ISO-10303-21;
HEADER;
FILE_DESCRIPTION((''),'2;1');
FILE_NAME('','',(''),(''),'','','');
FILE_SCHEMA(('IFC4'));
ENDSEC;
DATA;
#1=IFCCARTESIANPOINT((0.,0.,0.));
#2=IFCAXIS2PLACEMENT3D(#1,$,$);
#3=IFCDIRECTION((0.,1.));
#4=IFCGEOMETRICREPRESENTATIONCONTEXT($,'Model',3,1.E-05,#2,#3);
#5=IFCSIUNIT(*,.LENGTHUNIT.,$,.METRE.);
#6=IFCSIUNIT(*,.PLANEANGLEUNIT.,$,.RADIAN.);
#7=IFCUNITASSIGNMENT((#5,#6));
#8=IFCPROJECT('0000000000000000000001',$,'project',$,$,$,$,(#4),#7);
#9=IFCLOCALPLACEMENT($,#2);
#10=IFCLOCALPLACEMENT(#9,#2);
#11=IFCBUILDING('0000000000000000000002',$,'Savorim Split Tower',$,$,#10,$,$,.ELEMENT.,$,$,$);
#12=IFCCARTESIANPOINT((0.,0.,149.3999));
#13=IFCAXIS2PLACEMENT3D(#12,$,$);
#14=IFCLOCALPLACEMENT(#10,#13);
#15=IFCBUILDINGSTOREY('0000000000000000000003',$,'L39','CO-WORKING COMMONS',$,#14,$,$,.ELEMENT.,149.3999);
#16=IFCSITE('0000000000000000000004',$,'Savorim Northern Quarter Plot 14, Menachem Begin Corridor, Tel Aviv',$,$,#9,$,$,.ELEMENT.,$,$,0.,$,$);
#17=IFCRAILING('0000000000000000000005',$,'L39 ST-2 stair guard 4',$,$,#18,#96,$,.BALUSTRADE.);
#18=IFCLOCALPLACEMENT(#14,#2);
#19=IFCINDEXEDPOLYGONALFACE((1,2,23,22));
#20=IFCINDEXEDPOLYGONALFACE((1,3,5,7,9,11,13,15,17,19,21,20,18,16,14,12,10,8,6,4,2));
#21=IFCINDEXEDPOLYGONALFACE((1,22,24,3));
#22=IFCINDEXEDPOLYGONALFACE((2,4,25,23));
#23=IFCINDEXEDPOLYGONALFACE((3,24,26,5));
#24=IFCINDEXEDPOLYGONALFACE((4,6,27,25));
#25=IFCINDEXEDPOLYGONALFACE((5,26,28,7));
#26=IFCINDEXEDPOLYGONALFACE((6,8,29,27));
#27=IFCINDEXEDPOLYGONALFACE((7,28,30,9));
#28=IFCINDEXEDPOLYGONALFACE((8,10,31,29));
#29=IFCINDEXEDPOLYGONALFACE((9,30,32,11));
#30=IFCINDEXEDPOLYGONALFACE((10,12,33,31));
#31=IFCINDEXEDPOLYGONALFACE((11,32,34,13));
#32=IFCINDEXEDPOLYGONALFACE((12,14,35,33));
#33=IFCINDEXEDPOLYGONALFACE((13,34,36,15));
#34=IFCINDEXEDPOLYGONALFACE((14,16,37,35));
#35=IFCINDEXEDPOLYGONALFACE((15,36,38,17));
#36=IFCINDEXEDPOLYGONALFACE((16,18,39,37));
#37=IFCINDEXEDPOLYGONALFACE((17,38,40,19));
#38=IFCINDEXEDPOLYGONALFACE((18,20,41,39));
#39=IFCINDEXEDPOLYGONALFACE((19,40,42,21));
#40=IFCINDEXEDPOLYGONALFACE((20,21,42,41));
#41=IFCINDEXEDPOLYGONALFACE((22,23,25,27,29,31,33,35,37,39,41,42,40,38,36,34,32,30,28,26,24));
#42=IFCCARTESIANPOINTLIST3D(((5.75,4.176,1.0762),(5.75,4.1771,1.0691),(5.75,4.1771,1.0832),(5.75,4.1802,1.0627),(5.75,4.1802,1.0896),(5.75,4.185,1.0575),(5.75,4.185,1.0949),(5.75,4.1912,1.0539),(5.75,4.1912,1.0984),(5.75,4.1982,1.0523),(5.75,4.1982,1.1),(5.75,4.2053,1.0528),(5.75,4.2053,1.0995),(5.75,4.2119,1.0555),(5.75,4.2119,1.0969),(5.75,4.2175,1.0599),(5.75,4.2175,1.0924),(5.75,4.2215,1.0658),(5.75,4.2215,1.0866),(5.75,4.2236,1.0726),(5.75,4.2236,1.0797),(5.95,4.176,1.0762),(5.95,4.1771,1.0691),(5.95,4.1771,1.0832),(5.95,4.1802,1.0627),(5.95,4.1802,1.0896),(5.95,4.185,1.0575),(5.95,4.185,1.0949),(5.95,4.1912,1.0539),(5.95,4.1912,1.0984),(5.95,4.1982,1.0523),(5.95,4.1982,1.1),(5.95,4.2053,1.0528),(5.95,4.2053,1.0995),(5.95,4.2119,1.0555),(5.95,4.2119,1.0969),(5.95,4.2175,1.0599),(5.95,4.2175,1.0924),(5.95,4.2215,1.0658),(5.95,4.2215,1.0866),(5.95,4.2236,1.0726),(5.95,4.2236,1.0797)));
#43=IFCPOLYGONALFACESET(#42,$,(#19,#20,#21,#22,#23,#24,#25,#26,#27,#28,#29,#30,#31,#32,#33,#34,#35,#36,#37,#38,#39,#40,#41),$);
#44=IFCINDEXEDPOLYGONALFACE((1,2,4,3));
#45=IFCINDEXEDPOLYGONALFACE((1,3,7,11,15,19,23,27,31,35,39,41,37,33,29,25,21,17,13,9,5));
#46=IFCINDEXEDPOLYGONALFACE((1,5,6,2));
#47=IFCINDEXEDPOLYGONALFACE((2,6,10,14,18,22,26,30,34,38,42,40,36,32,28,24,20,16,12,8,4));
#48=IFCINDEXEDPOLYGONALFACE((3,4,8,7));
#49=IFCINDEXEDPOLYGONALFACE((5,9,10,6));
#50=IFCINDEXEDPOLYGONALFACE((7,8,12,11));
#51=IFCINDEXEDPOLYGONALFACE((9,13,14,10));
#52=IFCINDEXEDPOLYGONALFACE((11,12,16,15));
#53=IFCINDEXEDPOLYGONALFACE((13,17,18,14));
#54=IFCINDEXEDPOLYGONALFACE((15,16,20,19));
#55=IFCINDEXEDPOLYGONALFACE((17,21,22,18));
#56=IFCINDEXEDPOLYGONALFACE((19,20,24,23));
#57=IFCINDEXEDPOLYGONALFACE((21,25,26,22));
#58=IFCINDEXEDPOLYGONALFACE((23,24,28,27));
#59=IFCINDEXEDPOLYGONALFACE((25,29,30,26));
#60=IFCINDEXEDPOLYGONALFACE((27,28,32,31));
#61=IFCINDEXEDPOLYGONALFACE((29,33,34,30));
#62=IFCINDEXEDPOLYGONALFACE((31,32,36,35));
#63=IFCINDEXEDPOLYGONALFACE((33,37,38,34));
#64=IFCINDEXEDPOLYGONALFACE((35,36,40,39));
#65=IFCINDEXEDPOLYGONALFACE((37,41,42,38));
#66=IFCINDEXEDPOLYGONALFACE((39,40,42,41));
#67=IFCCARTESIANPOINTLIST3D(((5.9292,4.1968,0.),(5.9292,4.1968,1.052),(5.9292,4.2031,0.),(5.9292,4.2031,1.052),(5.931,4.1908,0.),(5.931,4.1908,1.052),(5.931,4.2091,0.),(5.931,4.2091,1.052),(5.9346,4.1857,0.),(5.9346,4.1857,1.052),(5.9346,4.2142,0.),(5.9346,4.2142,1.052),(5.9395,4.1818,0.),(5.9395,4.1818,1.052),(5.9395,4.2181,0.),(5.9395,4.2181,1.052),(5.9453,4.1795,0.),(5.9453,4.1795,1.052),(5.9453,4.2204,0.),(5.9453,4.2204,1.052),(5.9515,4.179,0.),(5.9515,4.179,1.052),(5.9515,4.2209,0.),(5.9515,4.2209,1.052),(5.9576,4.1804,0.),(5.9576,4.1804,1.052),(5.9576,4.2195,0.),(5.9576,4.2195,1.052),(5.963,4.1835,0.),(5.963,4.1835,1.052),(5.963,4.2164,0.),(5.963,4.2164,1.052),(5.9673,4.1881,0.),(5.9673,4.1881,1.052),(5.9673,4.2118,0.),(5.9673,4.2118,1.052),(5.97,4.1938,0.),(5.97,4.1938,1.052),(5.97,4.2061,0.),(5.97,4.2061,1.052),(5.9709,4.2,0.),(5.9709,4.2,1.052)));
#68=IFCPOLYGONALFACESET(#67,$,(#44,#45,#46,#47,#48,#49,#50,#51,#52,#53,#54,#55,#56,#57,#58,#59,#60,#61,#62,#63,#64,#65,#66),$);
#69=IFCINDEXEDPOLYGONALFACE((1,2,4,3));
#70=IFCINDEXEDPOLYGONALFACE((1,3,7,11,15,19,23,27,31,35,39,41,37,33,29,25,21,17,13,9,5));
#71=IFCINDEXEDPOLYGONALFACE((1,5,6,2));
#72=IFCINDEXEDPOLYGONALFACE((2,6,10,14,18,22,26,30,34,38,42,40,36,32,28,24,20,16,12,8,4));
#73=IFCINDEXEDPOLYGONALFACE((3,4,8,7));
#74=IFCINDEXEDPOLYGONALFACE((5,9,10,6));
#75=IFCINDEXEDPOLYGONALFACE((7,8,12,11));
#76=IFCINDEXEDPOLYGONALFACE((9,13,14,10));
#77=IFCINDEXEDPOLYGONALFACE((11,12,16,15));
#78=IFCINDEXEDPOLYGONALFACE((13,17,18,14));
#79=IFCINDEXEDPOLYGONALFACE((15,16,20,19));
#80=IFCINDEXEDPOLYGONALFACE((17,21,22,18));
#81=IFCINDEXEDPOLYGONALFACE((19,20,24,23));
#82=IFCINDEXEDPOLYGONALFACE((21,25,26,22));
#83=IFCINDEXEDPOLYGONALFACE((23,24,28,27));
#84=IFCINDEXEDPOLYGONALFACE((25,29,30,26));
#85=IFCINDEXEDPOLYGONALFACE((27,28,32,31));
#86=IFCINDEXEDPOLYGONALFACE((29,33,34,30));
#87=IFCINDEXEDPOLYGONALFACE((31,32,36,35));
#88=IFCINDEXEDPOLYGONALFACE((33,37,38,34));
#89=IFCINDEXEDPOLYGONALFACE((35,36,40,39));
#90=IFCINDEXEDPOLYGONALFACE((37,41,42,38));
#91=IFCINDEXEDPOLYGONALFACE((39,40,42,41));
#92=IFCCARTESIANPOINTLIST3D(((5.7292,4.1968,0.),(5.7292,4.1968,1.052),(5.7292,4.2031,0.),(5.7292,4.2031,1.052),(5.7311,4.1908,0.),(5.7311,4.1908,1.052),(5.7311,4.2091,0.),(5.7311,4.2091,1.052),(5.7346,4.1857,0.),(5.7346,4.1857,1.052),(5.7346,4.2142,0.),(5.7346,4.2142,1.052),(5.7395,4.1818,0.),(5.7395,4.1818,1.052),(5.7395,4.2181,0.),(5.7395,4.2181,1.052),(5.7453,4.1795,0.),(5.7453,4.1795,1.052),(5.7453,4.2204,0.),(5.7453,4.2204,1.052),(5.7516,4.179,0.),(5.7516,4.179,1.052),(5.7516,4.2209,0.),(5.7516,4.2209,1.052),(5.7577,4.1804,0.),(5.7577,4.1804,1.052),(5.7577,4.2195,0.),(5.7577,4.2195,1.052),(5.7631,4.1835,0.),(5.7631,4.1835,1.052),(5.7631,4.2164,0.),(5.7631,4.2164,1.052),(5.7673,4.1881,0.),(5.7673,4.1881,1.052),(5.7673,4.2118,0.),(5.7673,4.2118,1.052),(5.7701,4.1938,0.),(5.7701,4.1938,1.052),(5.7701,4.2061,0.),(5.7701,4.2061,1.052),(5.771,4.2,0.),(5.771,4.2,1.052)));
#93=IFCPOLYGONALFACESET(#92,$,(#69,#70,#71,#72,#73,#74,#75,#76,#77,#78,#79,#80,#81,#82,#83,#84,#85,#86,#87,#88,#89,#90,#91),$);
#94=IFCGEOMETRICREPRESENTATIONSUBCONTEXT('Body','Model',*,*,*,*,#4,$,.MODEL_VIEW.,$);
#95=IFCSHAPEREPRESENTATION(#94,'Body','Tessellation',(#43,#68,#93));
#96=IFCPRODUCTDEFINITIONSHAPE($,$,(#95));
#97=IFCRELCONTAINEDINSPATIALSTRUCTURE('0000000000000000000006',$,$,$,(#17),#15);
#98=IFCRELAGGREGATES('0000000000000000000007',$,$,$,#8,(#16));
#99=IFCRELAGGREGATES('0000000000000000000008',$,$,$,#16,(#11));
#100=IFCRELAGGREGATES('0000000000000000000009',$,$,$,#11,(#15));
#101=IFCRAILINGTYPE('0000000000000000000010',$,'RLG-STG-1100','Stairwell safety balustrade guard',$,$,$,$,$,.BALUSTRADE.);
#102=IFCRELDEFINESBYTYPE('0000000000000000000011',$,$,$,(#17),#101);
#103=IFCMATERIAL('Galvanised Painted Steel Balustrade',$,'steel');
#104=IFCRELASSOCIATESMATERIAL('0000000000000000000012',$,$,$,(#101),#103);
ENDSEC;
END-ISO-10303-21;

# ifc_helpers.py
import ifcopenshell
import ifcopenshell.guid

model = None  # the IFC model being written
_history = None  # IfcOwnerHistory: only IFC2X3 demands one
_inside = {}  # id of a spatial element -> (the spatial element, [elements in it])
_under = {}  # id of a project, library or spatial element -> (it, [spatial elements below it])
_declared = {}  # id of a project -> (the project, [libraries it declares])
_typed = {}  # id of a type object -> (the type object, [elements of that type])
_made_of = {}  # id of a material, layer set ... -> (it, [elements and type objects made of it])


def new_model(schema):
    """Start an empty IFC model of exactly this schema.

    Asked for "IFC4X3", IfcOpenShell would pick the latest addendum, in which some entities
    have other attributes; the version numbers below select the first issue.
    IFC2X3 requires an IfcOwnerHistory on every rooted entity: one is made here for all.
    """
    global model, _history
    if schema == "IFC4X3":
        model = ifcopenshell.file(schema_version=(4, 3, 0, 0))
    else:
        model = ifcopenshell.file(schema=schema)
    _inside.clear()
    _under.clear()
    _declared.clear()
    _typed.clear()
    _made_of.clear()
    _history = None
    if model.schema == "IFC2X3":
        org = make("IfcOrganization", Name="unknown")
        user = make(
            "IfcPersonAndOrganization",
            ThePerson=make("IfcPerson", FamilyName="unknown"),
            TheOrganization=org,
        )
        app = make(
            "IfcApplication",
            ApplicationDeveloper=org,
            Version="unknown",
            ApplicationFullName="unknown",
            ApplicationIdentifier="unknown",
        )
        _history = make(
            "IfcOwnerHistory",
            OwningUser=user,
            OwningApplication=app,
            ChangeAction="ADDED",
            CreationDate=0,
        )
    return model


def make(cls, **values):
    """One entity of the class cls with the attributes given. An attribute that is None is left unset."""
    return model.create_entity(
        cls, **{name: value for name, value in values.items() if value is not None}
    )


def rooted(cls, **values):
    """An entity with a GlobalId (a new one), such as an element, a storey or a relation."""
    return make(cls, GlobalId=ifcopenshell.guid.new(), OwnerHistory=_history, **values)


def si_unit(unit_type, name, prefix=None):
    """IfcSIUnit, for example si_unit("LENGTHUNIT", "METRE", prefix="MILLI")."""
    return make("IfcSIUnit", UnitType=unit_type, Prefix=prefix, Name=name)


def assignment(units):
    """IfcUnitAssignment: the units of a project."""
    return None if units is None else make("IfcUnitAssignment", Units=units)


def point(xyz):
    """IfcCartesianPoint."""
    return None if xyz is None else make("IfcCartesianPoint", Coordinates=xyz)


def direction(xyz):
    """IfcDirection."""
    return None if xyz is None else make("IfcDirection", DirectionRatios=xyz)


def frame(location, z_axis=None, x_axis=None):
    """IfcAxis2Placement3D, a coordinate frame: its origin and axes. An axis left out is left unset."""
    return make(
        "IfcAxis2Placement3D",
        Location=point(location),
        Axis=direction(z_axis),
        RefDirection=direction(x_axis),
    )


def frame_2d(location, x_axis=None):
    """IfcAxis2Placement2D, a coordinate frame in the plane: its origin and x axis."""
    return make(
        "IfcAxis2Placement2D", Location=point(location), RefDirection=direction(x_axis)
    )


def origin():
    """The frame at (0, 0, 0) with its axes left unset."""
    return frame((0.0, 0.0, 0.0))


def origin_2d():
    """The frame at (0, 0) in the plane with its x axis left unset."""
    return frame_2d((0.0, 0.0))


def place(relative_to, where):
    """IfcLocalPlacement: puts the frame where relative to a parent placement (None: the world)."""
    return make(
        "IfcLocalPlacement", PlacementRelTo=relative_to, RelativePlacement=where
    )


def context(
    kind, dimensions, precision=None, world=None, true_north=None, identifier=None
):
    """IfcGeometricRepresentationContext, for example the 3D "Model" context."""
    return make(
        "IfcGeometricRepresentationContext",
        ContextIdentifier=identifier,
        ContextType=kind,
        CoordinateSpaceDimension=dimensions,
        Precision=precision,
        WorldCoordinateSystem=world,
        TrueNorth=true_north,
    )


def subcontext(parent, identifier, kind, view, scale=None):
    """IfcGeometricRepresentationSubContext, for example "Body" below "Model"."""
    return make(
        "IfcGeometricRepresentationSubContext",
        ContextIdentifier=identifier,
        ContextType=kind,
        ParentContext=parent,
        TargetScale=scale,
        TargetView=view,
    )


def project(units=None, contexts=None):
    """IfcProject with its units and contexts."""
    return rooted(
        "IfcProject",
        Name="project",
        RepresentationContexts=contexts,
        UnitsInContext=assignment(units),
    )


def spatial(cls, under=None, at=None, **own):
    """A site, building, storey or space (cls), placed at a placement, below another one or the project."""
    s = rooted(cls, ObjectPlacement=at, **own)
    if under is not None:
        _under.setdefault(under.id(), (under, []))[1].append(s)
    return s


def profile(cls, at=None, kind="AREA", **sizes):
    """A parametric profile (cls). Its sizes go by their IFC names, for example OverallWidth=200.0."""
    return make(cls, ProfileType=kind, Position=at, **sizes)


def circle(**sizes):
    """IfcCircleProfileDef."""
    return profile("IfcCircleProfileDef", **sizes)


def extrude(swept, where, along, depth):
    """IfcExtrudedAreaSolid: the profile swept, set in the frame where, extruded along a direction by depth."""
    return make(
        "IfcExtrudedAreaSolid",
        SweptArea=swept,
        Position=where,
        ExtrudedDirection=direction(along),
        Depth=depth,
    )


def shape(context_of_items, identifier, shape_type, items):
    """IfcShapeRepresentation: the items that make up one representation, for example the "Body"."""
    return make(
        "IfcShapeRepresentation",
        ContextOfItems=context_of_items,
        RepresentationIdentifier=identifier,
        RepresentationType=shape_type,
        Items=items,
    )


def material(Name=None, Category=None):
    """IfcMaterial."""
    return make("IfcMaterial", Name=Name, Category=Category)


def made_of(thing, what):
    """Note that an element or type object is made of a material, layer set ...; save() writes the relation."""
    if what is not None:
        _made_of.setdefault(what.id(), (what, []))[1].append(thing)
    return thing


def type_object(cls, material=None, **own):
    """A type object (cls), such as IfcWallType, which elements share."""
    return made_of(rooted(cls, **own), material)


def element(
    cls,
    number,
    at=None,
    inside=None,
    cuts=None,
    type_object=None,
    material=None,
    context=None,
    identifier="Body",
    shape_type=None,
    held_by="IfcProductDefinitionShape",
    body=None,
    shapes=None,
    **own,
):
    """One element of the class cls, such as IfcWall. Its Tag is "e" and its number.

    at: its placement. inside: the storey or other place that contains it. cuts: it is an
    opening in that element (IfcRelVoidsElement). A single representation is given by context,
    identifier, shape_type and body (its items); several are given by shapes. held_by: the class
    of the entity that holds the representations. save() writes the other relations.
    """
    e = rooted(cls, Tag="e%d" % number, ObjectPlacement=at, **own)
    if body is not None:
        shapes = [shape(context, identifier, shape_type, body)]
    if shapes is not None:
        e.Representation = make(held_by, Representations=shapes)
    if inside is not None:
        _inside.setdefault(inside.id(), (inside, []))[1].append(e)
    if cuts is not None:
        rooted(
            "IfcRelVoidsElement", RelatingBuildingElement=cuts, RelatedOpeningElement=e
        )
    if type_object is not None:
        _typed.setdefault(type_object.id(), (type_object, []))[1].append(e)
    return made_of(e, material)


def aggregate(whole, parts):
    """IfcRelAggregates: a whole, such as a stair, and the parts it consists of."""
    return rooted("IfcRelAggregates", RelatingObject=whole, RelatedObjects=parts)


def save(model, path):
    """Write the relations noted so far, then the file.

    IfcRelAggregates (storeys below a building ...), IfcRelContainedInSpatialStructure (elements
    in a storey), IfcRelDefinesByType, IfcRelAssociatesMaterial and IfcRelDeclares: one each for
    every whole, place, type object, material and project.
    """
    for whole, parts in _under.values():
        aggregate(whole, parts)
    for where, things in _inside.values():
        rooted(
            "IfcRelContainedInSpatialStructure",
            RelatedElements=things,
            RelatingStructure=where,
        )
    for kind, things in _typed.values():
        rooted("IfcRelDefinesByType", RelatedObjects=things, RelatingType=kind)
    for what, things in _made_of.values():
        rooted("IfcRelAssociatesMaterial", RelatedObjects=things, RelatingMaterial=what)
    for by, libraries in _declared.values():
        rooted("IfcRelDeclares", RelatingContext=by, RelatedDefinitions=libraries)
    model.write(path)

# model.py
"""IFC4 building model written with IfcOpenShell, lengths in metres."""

from ifc_helpers import new_model, si_unit, direction, frame, origin, origin_2d, place, context, subcontext, project, spatial, circle, extrude, material, type_object, element, save


model = new_model("IFC4")

# Units and contexts
model_context = context("Model", 3, precision=1e-05, world=origin(), true_north=direction((0.0, 1.0)))
body_context = subcontext(model_context, "Body", "Model", "MODEL_VIEW")
ifc_project = project(units=[si_unit("LENGTHUNIT", "METRE"), si_unit("PLANEANGLEUNIT", "RADIAN")], contexts=[model_context])

# Site, building, storey
site_placement = place(None, origin())
site = spatial("IfcSite", under=ifc_project, at=site_placement, Name="Savorim Northern Quarter Plot 14, Menachem Begin Corridor, Tel Aviv", CompositionType="ELEMENT", RefElevation=0.0)
building_placement = place(site_placement, origin())
building = spatial("IfcBuilding", under=site, at=building_placement, Name="Savorim Split Tower", CompositionType="ELEMENT")
storey_placement = place(building_placement, frame((0.0, 0.0, 149.3999)))
storey = spatial("IfcBuildingStorey", under=building, at=storey_placement, Name="L39", Description="CO-WORKING COMMONS", CompositionType="ELEMENT", Elevation=149.3999)

# Railing
ifc_material_1 = material(Name="Galvanised Painted Steel Balustrade", Category="steel")
railing_type_1 = type_object("IfcRailingType", Name="RLG-STG-1100", Description="Stairwell safety balustrade guard", PredefinedType="BALUSTRADE", material=ifc_material_1)
railing_1_placement = place(storey_placement, frame((5.95, 4.2, 0.0)))
element("IfcRailing", 1, at=railing_1_placement, inside=storey, type_object=railing_type_1, Name="L39 ST-2 stair guard 4", PredefinedType="BALUSTRADE", context=body_context, shape_type="SweptSolid", body=[
    extrude(circle(Radius=0.0239, at=origin_2d()), frame((0.0, 0.0, 1.0762), z_axis=(-1.0, 0.0, 0.0), x_axis=(0.0, -1.0, 0.0)), (0.0, 0.0, 1.0), 0.2),
    extrude(circle(Radius=0.021, at=origin_2d()), origin(), (0.0, 0.0, 1.0), 1.052),
    extrude(circle(Radius=0.021, at=origin_2d()), frame((-0.2, 0.0, 0.0)), (0.0, 0.0, 1.0), 1.052),
])

save(model, "model.ifc")
